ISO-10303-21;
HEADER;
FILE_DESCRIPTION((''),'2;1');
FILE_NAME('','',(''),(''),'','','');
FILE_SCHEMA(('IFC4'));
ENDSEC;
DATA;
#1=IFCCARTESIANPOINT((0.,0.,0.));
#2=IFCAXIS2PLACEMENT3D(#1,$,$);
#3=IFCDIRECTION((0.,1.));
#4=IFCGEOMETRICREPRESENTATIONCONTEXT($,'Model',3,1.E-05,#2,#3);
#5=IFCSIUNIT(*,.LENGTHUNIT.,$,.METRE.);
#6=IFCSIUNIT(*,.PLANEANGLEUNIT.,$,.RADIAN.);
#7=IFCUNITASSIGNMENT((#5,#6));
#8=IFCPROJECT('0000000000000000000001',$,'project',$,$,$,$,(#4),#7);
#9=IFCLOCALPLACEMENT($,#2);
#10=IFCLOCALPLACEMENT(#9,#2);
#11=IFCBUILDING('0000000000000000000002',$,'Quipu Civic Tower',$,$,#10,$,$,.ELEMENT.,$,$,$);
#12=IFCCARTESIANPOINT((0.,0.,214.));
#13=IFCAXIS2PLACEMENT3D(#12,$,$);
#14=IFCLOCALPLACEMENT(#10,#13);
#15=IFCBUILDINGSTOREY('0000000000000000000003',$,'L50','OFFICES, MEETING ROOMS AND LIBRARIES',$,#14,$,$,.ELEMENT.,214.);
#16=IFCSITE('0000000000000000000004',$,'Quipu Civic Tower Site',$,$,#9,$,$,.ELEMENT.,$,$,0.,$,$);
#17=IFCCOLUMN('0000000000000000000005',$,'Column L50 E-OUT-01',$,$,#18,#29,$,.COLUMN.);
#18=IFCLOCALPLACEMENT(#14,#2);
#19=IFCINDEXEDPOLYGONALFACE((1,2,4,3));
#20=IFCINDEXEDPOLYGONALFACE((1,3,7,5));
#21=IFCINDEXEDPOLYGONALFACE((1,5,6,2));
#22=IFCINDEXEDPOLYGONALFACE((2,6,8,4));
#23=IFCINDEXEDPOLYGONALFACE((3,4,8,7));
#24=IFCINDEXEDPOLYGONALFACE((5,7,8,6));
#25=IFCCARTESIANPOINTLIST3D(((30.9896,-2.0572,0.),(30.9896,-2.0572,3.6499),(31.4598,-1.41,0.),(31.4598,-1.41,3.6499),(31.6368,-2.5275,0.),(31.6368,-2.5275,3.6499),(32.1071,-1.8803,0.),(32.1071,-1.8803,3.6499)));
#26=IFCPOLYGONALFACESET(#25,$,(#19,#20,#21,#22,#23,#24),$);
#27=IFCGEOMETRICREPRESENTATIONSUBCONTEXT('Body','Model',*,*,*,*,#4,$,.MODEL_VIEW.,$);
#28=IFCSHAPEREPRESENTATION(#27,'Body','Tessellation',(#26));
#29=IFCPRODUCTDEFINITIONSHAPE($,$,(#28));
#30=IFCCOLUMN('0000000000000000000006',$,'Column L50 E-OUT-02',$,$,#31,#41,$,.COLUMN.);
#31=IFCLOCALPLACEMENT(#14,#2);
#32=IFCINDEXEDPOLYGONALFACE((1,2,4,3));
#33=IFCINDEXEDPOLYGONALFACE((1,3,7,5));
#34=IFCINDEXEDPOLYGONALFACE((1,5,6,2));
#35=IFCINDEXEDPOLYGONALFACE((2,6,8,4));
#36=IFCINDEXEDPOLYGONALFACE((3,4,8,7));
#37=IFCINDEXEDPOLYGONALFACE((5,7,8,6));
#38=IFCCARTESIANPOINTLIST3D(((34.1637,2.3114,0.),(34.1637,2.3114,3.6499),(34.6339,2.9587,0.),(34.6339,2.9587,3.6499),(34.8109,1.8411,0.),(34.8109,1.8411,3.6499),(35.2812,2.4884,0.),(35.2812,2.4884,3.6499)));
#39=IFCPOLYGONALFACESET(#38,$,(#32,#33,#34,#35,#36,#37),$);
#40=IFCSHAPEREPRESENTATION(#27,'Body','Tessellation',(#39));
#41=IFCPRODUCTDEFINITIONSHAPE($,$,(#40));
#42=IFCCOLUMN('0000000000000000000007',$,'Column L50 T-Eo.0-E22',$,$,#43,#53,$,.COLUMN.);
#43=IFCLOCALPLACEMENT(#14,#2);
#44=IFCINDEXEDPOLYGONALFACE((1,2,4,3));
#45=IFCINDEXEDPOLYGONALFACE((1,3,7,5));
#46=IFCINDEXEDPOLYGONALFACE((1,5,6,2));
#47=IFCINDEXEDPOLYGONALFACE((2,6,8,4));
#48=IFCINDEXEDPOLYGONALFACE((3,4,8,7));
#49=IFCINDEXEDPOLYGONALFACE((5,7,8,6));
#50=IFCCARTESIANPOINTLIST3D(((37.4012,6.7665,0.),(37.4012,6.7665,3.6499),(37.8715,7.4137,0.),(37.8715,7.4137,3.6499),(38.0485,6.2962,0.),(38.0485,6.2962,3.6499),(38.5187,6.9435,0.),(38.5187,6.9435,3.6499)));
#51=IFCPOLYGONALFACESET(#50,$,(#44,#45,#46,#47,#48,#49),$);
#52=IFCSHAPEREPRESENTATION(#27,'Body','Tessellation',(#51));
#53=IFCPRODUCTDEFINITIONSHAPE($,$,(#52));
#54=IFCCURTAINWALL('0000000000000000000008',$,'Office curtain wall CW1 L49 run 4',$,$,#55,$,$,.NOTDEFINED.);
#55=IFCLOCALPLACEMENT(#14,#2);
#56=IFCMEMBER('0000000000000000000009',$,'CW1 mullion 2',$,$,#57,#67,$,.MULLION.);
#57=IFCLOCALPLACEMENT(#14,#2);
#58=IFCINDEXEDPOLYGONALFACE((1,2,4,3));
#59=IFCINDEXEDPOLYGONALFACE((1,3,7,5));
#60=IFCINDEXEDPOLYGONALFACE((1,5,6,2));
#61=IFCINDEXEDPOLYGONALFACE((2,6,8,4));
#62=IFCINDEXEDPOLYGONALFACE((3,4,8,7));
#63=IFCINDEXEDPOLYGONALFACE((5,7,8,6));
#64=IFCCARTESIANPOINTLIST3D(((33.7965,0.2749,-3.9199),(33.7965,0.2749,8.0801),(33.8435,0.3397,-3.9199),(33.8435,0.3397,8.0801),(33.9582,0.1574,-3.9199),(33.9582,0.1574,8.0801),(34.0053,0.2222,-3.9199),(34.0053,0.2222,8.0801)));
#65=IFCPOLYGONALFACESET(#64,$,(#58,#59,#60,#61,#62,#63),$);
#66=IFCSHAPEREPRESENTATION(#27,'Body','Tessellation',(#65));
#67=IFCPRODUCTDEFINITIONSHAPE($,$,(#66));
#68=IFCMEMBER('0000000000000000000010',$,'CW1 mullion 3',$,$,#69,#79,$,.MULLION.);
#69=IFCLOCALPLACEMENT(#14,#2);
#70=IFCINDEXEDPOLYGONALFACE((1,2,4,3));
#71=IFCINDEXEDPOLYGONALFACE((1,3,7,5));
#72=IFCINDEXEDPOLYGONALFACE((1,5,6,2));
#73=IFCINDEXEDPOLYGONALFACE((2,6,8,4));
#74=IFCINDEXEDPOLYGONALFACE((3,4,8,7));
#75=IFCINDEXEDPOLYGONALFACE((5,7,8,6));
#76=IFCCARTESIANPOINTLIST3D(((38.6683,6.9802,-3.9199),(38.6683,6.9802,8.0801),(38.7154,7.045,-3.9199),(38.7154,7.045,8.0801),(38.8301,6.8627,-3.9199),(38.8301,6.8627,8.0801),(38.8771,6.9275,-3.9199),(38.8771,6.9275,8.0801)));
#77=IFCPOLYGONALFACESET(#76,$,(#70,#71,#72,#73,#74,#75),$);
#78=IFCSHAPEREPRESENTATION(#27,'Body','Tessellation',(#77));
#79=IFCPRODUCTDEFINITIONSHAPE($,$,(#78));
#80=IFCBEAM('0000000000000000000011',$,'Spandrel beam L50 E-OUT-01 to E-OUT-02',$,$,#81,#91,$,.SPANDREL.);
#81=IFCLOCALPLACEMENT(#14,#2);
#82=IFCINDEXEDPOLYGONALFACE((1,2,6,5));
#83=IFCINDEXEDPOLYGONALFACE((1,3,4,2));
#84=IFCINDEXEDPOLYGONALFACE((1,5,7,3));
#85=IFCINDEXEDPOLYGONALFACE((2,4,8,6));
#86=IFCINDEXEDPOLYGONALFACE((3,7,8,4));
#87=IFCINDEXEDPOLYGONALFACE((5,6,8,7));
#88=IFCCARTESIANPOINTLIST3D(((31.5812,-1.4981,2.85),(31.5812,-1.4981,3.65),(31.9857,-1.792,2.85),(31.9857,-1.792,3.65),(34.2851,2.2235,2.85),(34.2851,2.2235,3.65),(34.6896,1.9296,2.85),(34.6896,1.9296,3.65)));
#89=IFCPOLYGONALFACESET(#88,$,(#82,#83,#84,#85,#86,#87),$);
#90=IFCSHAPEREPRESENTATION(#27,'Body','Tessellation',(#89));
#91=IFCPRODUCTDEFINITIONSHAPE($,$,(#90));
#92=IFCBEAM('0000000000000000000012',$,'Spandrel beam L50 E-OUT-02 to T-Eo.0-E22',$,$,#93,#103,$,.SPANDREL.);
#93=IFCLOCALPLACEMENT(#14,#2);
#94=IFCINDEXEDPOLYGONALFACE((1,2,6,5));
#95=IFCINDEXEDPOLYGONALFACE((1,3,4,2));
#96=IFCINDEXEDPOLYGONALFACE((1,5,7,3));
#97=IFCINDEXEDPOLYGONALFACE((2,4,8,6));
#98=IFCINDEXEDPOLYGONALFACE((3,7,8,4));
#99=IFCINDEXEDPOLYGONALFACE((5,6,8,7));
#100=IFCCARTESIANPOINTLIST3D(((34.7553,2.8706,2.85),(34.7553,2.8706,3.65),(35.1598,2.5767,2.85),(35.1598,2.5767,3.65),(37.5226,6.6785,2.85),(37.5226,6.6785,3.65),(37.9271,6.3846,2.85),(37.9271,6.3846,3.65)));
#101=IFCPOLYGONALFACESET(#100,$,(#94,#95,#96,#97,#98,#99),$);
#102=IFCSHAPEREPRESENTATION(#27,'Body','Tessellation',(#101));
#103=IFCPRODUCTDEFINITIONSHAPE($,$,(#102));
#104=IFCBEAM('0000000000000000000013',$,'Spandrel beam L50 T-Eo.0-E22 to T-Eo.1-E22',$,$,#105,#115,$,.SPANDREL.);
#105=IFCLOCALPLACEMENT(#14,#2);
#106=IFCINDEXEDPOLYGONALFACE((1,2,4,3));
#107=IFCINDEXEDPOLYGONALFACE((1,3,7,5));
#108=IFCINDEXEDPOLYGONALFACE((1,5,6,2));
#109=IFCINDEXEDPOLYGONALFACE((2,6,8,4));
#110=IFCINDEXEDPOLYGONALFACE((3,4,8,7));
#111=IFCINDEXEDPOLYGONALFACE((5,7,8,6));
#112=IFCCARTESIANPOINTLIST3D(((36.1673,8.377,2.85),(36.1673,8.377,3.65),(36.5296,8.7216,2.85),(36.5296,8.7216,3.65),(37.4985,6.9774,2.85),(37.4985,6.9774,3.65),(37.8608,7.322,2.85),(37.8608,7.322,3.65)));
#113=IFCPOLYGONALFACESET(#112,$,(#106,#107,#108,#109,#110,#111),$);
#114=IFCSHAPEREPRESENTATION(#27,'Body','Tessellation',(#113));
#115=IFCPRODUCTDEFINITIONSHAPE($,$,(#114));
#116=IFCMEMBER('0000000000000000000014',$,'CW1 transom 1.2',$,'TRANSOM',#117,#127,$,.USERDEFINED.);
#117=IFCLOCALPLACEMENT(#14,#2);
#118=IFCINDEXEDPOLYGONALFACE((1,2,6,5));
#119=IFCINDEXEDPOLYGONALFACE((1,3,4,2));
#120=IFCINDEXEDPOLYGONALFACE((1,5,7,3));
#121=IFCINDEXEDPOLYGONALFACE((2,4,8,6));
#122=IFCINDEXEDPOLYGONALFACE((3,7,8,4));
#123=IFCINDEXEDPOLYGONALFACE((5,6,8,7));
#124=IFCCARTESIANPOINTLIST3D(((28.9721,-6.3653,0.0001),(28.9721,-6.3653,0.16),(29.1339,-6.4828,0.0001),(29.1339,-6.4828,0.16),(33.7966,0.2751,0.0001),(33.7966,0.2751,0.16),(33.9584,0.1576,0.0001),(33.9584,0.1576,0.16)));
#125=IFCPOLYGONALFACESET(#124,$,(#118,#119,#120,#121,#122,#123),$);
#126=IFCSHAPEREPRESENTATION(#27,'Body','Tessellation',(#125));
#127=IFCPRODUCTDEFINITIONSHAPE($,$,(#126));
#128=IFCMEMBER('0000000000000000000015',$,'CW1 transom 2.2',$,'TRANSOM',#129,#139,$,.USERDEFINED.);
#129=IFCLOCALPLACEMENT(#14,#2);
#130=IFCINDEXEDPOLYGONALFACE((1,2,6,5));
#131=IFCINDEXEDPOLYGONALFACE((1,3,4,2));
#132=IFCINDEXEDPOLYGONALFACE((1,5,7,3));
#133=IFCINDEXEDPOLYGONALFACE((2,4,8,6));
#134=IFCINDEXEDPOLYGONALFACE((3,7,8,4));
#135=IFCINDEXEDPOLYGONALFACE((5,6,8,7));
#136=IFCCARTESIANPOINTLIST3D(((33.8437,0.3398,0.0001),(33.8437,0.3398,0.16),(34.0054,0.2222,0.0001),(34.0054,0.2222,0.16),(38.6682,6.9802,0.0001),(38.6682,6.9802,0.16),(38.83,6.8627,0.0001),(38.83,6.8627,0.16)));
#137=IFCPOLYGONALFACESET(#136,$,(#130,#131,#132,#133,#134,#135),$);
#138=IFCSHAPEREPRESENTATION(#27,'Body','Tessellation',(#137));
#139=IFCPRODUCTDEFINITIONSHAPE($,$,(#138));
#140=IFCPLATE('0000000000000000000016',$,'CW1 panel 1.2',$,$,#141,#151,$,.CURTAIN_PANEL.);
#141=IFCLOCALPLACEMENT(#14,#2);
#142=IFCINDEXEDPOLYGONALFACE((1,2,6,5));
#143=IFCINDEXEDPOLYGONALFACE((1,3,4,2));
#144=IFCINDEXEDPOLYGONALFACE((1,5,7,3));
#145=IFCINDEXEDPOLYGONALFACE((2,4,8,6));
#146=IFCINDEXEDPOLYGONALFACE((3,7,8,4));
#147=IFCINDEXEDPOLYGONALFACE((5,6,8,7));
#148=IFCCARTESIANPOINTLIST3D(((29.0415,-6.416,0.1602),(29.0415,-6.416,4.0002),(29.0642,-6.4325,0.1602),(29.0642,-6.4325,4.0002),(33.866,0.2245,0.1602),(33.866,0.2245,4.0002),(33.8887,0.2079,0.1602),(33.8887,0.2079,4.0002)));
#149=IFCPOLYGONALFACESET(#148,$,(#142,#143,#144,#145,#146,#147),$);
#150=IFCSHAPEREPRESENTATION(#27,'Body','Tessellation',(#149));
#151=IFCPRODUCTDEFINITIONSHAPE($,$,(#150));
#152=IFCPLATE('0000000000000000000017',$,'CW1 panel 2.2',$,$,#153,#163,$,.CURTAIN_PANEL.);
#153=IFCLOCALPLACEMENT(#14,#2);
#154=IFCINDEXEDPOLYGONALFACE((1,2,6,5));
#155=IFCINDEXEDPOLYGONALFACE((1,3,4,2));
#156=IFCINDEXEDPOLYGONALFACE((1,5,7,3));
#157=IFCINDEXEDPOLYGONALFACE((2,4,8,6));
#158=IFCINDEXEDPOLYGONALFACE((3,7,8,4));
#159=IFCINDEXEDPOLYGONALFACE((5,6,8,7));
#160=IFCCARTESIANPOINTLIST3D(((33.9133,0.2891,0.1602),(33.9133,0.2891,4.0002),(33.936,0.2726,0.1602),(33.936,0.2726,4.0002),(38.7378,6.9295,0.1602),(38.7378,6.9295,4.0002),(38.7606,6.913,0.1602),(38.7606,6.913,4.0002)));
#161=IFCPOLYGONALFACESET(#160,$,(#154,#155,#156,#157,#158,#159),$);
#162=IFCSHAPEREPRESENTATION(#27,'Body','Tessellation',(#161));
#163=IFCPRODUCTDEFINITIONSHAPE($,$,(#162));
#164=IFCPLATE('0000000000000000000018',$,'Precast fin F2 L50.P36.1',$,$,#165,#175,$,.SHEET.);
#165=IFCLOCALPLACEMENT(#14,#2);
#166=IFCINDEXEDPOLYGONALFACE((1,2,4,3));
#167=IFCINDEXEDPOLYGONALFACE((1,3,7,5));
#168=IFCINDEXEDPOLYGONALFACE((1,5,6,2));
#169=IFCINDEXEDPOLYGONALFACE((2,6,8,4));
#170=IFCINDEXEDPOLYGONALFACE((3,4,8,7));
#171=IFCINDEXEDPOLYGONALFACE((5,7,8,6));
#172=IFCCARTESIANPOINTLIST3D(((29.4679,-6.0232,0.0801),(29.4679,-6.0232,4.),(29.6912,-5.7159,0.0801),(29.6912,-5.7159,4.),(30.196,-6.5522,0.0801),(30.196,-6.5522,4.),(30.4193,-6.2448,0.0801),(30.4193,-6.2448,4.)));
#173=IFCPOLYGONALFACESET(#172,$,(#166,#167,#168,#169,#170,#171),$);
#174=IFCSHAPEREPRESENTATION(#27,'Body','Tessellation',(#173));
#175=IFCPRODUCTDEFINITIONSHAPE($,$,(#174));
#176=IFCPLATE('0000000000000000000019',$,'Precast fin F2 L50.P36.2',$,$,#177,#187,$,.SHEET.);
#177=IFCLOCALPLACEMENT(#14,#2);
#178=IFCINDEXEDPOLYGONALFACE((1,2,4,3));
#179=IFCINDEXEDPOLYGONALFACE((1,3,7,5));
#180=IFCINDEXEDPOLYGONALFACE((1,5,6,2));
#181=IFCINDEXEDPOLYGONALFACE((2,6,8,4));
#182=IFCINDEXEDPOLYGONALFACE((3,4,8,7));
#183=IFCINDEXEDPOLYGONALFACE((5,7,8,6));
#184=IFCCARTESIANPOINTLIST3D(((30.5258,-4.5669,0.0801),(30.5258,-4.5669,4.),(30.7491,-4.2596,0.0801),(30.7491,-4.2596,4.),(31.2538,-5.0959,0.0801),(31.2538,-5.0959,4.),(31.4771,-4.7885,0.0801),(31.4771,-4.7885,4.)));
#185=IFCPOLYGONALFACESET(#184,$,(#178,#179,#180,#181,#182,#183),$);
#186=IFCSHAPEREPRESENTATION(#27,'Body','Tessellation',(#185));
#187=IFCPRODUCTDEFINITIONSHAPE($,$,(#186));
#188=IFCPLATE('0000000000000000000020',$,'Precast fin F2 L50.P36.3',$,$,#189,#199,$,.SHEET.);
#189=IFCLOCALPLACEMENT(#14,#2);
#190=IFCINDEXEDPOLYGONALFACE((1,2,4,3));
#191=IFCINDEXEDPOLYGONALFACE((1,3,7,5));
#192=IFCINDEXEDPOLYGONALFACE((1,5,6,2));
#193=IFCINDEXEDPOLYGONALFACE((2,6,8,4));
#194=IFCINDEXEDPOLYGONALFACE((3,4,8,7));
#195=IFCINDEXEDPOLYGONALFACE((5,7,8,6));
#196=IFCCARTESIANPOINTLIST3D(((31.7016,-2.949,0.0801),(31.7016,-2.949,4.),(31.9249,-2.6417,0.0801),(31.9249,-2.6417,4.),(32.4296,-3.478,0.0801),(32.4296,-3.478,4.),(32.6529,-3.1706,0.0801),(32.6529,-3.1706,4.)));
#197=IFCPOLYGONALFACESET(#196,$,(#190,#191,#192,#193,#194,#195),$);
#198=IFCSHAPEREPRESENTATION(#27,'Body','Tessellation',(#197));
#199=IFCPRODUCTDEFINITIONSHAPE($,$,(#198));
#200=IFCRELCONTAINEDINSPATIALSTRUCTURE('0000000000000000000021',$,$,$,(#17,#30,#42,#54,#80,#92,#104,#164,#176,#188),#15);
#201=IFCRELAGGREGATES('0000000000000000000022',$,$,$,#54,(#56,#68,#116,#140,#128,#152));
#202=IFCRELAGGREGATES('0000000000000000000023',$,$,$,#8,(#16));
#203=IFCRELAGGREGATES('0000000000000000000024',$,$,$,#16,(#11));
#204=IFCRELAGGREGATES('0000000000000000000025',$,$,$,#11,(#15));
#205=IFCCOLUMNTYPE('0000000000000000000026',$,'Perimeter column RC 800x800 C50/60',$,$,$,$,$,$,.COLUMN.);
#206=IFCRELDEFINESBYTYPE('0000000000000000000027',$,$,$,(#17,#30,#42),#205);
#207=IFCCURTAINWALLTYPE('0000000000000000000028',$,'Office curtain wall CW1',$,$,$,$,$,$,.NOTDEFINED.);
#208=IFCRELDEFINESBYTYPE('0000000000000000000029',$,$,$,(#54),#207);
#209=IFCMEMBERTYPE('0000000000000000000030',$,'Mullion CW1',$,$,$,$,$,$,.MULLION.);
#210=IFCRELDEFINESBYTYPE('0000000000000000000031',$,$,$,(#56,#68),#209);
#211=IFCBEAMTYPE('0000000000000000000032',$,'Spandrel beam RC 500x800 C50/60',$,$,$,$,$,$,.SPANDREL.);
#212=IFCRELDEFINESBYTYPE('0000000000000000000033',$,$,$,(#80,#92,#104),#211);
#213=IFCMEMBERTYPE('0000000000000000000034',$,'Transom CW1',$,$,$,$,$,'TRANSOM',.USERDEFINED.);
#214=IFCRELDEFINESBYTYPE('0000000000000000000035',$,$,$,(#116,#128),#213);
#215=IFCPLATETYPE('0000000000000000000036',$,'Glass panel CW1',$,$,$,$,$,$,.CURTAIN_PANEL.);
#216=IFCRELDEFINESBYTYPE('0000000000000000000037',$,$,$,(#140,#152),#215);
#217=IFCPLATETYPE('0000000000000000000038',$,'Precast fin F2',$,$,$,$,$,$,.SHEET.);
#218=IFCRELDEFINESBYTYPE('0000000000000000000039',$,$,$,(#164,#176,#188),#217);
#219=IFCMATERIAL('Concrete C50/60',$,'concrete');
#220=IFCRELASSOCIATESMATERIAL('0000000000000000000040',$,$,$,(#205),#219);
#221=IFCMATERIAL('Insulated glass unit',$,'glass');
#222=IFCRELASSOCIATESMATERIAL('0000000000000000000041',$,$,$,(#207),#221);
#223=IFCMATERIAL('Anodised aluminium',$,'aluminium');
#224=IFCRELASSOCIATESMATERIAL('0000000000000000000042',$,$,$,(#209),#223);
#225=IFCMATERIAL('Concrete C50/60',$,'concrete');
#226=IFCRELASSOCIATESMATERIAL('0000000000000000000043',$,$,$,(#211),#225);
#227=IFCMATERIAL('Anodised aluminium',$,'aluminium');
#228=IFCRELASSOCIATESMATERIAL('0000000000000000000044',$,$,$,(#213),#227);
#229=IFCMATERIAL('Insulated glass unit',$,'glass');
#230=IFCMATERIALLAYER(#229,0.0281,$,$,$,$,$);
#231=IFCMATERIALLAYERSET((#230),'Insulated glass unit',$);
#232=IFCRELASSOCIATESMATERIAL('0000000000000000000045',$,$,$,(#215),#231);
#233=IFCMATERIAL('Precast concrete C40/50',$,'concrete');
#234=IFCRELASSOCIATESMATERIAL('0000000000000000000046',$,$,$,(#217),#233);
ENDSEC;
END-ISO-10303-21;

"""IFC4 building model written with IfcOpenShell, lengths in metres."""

from ifc_helpers import new_model, si_unit, direction, frame, origin, origin_2d, place, context, subcontext, project, spatial, rectangle, extrude, material, layer, layer_set, material_profile, profile_set, type_object, element, aggregate, save


model = new_model("IFC4")

# Units and contexts
model_context = context("Model", 3, precision=1e-05, world=origin(), true_north=direction((0.0, 1.0)))
body_context = subcontext(model_context, "Body", "Model", "MODEL_VIEW")
ifc_project = project(units=[si_unit("LENGTHUNIT", "METRE"), si_unit("PLANEANGLEUNIT", "RADIAN")], contexts=[model_context])

# Site, building, storey
site_placement = place(None, origin())
site = spatial("IfcSite", under=ifc_project, at=site_placement, Name="Quipu Civic Tower Site", CompositionType="ELEMENT", RefElevation=0.0)
building_placement = place(site_placement, origin())
building = spatial("IfcBuilding", under=site, at=building_placement, Name="Quipu Civic Tower", CompositionType="ELEMENT")
storey_placement = place(building_placement, frame((0.0, 0.0, 214.0)))
storey = spatial("IfcBuildingStorey", under=building, at=storey_placement, Name="L50", Description="OFFICES, MEETING ROOMS AND LIBRARIES", CompositionType="ELEMENT", Elevation=214.0)

# Columns
ifc_material_1 = material(Name="Concrete C50/60", Category="concrete")
ifc_material_profile_1 = material_profile(ifc_material_1, rectangle(XDim=0.8, YDim=0.8, at=origin_2d()), Name="RC800x800")
ifc_profile_set_1 = profile_set([ifc_material_profile_1], Name="Concrete C50/60")
column_type = type_object("IfcColumnType", Name="Perimeter column RC 800x800 C50/60", PredefinedType="COLUMN", material=ifc_profile_set_1)
for number, where, z_axis, x_axis, name in (
    (1, (31.5483, -1.9688, 0.0), (0.0, 0.0, 1.0), (0.587785, 0.809017, 0.0), "Column L50 E-OUT-01"),
    (2, (34.7224, 2.3999, 0.0), (0.0, 0.0, 1.0), (0.587785, 0.809017, 0.0), "Column L50 E-OUT-02"),
    (3, (37.96, 6.855, 0.0), (0.0, 0.0, 1.0), (0.587785, 0.809017, 0.0), "Column L50 T-Eo.0-E22"),
):
    element("IfcColumn", number, at=place(storey_placement, frame(where, z_axis=z_axis, x_axis=x_axis)), inside=storey, type_object=column_type, Name=name, PredefinedType="COLUMN", context=body_context, shape_type="SweptSolid", body=[
        extrude(rectangle(XDim=0.8, YDim=0.8, at=origin_2d()), origin(), (0.0, 0.0, 1.0), 3.6499),
    ])

# Curtain wall, members
ifc_material_2 = material(Name="Insulated glass unit", Category="glass")
curtain_wall_type = type_object("IfcCurtainWallType", Name="Office curtain wall CW1", PredefinedType="NOTDEFINED", material=ifc_material_2)
curtain_wall_placement = place(storey_placement, origin())
curtain_wall = element("IfcCurtainWall", 4, at=curtain_wall_placement, inside=storey, type_object=curtain_wall_type, Name="Office curtain wall CW1 L49 run 4", PredefinedType="NOTDEFINED")
ifc_material_3 = material(Name="Anodised aluminium", Category="aluminium")
ifc_material_profile_2 = material_profile(ifc_material_3, rectangle(XDim=0.2, YDim=0.0801, at=origin_2d()), Name="RECT 200x80")
ifc_profile_set_2 = profile_set([ifc_material_profile_2], Name="Anodised aluminium")
member_type_1 = type_object("IfcMemberType", Name="Mullion CW1", PredefinedType="MULLION", material=ifc_profile_set_2)
member_1_placement = place(storey_placement, frame((33.9009, 0.2485, -3.9199), z_axis=(0.0, 0.0, 1.0), x_axis=(-0.809016, 0.587787, 0.0)))
member_1 = element("IfcMember", 5, at=member_1_placement, type_object=member_type_1, Name="CW1 mullion 2", PredefinedType="MULLION", context=body_context, shape_type="SweptSolid", body=[
    extrude(rectangle(XDim=0.2, YDim=0.0801, at=origin_2d()), origin(), (0.0, 0.0, 1.0), 12.0),
])
member_2_placement = place(storey_placement, frame((38.7727, 6.9539, -3.9199), z_axis=(0.0, 0.0, 1.0), x_axis=(-0.809016, 0.587787, 0.0)))
member_2 = element("IfcMember", 6, at=member_2_placement, type_object=member_type_1, Name="CW1 mullion 3", PredefinedType="MULLION", context=body_context, shape_type="SweptSolid", body=[
    extrude(rectangle(XDim=0.2, YDim=0.0801, at=origin_2d()), origin(), (0.0, 0.0, 1.0), 12.0),
])

# Beams
ifc_material_4 = material(Name="Concrete C50/60", Category="concrete")
ifc_material_profile_3 = material_profile(ifc_material_4, rectangle(XDim=0.5, YDim=0.8, at=origin_2d()), Name="RC500x800")
ifc_profile_set_3 = profile_set([ifc_material_profile_3], Name="Concrete C50/60")
beam_type = type_object("IfcBeamType", Name="Spandrel beam RC 500x800 C50/60", PredefinedType="SPANDREL", material=ifc_profile_set_3)
beam_1_placement = place(storey_placement, frame((31.7834, -1.645, 3.25), z_axis=(0.587796, 0.809009, 0.0), x_axis=(-0.809009, 0.587796, 0.0)))
element("IfcBeam", 7, at=beam_1_placement, inside=storey, type_object=beam_type, Name="Spandrel beam L50 E-OUT-01 to E-OUT-02", PredefinedType="SPANDREL", context=body_context, shape_type="SweptSolid", body=[
    extrude(rectangle(XDim=0.5, YDim=0.8, at=origin_2d()), origin(), (0.0, 0.0, 1.0), 4.6001),
])
beam_2_placement = place(storey_placement, frame((34.9575, 2.7236, 3.25), z_axis=(0.587891, 0.80894, 0.0), x_axis=(-0.80894, 0.587891, 0.0)))
element("IfcBeam", 8, at=beam_2_placement, inside=storey, type_object=beam_type, Name="Spandrel beam L50 E-OUT-02 to T-Eo.0-E22", PredefinedType="SPANDREL", context=body_context, shape_type="SweptSolid", body=[
    extrude(rectangle(XDim=0.5, YDim=0.8, at=origin_2d()), origin(), (0.0, 0.0, 1.0), 4.7073),
])
beam_3_placement = place(storey_placement, frame((37.6797, 7.1497, 3.25), z_axis=(-0.689191, 0.72458, 0.0), x_axis=(-0.72458, -0.689191, 0.0)))
element("IfcBeam", 9, at=beam_3_placement, inside=storey, type_object=beam_type, Name="Spandrel beam L50 T-Eo.0-E22 to T-Eo.1-E22", PredefinedType="SPANDREL", context=body_context, shape_type="SweptSolid", body=[
    extrude(rectangle(XDim=0.5, YDim=0.8, at=origin_2d()), origin(), (0.0, 0.0, 1.0), 1.9316),
])

# Members
ifc_material_5 = material(Name="Anodised aluminium", Category="aluminium")
ifc_material_profile_4 = material_profile(ifc_material_5, rectangle(XDim=0.2, YDim=0.1599, at=origin_2d()), Name="RECT 200x160")
ifc_profile_set_4 = profile_set([ifc_material_profile_4], Name="Anodised aluminium")
member_type_2 = type_object("IfcMemberType", Name="Transom CW1", ElementType="TRANSOM", PredefinedType="USERDEFINED", material=ifc_profile_set_4)
member_3_placement = place(storey_placement, frame((29.053, -6.4241, 0.0801), z_axis=(0.587781, 0.80902, 0.0), x_axis=(-0.80902, 0.587781, 0.0)))
member_3 = element("IfcMember", 10, at=member_3_placement, type_object=member_type_2, Name="CW1 transom 1.2", ObjectType="TRANSOM", PredefinedType="USERDEFINED", context=body_context, shape_type="SweptSolid", body=[
    extrude(rectangle(XDim=0.2, YDim=0.1599, at=origin_2d()), origin(), (0.0, 0.0, 1.0), 8.208),
])
member_4_placement = place(storey_placement, frame((33.9246, 0.281, 0.0801), z_axis=(0.587781, 0.80902, 0.0), x_axis=(-0.80902, 0.587781, 0.0)))
member_4 = element("IfcMember", 11, at=member_4_placement, type_object=member_type_2, Name="CW1 transom 2.2", ObjectType="TRANSOM", PredefinedType="USERDEFINED", context=body_context, shape_type="SweptSolid", body=[
    extrude(rectangle(XDim=0.2, YDim=0.1599, at=origin_2d()), origin(), (0.0, 0.0, 1.0), 8.208),
])

# Plates
ifc_material_6 = material(Name="Insulated glass unit", Category="glass")
ifc_layer_1 = layer(ifc_material_6, 0.0281)
ifc_layer_set_1 = layer_set([ifc_layer_1], Name="Insulated glass unit")
plate_type_1 = type_object("IfcPlateType", Name="Glass panel CW1", PredefinedType="CURTAIN_PANEL", material=ifc_layer_set_1)
plate_1_placement = place(storey_placement, frame((31.4651, -3.104, 0.1602), z_axis=(0.0, 0.0, 1.0), x_axis=(0.587787, 0.809016, 0.0)))
plate_1 = element("IfcPlate", 12, at=plate_1_placement, type_object=plate_type_1, Name="CW1 panel 1.2", PredefinedType="CURTAIN_PANEL", context=body_context, shape_type="SweptSolid", body=[
    extrude(rectangle(XDim=8.208, YDim=0.0281, at=origin_2d()), origin(), (0.0, 0.0, 1.0), 3.8401),
])
plate_2_placement = place(storey_placement, frame((36.3369, 3.6011, 0.1602), z_axis=(0.0, 0.0, 1.0), x_axis=(0.587787, 0.809016, 0.0)))
plate_2 = element("IfcPlate", 13, at=plate_2_placement, type_object=plate_type_1, Name="CW1 panel 2.2", PredefinedType="CURTAIN_PANEL", context=body_context, shape_type="SweptSolid", body=[
    extrude(rectangle(XDim=8.208, YDim=0.0281, at=origin_2d()), origin(), (0.0, 0.0, 1.0), 3.8401),
])
aggregate(curtain_wall, [member_1, member_2, member_3, plate_1, member_4, plate_2])

# Plates
ifc_material_7 = material(Name="Precast concrete C40/50", Category="concrete")
plate_type_2 = type_object("IfcPlateType", Name="Precast fin F2", PredefinedType="SHEET", material=ifc_material_7)
for number, where, z_axis, x_axis, name in (
    (14, (29.9436, -6.134, 0.0801), (0.0, 0.0, 1.0), (0.587787, 0.809016, 0.0), "Precast fin F2 L50.P36.1"),
    (15, (31.0015, -4.6777, 0.0801), (0.0, 0.0, 1.0), (0.587787, 0.809016, 0.0), "Precast fin F2 L50.P36.2"),
    (16, (32.1772, -3.0598, 0.0801), (0.0, 0.0, 1.0), (0.587787, 0.809016, 0.0), "Precast fin F2 L50.P36.3"),
):
    element("IfcPlate", number, at=place(storey_placement, frame(where, z_axis=z_axis, x_axis=x_axis)), inside=storey, type_object=plate_type_2, Name=name, PredefinedType="SHEET", context=body_context, shape_type="SweptSolid", body=[
        extrude(rectangle(XDim=0.3799, YDim=0.8999, at=origin_2d()), origin(), (0.0, 0.0, 1.0), 3.9199),
    ])

save(model, "model.ifc")
